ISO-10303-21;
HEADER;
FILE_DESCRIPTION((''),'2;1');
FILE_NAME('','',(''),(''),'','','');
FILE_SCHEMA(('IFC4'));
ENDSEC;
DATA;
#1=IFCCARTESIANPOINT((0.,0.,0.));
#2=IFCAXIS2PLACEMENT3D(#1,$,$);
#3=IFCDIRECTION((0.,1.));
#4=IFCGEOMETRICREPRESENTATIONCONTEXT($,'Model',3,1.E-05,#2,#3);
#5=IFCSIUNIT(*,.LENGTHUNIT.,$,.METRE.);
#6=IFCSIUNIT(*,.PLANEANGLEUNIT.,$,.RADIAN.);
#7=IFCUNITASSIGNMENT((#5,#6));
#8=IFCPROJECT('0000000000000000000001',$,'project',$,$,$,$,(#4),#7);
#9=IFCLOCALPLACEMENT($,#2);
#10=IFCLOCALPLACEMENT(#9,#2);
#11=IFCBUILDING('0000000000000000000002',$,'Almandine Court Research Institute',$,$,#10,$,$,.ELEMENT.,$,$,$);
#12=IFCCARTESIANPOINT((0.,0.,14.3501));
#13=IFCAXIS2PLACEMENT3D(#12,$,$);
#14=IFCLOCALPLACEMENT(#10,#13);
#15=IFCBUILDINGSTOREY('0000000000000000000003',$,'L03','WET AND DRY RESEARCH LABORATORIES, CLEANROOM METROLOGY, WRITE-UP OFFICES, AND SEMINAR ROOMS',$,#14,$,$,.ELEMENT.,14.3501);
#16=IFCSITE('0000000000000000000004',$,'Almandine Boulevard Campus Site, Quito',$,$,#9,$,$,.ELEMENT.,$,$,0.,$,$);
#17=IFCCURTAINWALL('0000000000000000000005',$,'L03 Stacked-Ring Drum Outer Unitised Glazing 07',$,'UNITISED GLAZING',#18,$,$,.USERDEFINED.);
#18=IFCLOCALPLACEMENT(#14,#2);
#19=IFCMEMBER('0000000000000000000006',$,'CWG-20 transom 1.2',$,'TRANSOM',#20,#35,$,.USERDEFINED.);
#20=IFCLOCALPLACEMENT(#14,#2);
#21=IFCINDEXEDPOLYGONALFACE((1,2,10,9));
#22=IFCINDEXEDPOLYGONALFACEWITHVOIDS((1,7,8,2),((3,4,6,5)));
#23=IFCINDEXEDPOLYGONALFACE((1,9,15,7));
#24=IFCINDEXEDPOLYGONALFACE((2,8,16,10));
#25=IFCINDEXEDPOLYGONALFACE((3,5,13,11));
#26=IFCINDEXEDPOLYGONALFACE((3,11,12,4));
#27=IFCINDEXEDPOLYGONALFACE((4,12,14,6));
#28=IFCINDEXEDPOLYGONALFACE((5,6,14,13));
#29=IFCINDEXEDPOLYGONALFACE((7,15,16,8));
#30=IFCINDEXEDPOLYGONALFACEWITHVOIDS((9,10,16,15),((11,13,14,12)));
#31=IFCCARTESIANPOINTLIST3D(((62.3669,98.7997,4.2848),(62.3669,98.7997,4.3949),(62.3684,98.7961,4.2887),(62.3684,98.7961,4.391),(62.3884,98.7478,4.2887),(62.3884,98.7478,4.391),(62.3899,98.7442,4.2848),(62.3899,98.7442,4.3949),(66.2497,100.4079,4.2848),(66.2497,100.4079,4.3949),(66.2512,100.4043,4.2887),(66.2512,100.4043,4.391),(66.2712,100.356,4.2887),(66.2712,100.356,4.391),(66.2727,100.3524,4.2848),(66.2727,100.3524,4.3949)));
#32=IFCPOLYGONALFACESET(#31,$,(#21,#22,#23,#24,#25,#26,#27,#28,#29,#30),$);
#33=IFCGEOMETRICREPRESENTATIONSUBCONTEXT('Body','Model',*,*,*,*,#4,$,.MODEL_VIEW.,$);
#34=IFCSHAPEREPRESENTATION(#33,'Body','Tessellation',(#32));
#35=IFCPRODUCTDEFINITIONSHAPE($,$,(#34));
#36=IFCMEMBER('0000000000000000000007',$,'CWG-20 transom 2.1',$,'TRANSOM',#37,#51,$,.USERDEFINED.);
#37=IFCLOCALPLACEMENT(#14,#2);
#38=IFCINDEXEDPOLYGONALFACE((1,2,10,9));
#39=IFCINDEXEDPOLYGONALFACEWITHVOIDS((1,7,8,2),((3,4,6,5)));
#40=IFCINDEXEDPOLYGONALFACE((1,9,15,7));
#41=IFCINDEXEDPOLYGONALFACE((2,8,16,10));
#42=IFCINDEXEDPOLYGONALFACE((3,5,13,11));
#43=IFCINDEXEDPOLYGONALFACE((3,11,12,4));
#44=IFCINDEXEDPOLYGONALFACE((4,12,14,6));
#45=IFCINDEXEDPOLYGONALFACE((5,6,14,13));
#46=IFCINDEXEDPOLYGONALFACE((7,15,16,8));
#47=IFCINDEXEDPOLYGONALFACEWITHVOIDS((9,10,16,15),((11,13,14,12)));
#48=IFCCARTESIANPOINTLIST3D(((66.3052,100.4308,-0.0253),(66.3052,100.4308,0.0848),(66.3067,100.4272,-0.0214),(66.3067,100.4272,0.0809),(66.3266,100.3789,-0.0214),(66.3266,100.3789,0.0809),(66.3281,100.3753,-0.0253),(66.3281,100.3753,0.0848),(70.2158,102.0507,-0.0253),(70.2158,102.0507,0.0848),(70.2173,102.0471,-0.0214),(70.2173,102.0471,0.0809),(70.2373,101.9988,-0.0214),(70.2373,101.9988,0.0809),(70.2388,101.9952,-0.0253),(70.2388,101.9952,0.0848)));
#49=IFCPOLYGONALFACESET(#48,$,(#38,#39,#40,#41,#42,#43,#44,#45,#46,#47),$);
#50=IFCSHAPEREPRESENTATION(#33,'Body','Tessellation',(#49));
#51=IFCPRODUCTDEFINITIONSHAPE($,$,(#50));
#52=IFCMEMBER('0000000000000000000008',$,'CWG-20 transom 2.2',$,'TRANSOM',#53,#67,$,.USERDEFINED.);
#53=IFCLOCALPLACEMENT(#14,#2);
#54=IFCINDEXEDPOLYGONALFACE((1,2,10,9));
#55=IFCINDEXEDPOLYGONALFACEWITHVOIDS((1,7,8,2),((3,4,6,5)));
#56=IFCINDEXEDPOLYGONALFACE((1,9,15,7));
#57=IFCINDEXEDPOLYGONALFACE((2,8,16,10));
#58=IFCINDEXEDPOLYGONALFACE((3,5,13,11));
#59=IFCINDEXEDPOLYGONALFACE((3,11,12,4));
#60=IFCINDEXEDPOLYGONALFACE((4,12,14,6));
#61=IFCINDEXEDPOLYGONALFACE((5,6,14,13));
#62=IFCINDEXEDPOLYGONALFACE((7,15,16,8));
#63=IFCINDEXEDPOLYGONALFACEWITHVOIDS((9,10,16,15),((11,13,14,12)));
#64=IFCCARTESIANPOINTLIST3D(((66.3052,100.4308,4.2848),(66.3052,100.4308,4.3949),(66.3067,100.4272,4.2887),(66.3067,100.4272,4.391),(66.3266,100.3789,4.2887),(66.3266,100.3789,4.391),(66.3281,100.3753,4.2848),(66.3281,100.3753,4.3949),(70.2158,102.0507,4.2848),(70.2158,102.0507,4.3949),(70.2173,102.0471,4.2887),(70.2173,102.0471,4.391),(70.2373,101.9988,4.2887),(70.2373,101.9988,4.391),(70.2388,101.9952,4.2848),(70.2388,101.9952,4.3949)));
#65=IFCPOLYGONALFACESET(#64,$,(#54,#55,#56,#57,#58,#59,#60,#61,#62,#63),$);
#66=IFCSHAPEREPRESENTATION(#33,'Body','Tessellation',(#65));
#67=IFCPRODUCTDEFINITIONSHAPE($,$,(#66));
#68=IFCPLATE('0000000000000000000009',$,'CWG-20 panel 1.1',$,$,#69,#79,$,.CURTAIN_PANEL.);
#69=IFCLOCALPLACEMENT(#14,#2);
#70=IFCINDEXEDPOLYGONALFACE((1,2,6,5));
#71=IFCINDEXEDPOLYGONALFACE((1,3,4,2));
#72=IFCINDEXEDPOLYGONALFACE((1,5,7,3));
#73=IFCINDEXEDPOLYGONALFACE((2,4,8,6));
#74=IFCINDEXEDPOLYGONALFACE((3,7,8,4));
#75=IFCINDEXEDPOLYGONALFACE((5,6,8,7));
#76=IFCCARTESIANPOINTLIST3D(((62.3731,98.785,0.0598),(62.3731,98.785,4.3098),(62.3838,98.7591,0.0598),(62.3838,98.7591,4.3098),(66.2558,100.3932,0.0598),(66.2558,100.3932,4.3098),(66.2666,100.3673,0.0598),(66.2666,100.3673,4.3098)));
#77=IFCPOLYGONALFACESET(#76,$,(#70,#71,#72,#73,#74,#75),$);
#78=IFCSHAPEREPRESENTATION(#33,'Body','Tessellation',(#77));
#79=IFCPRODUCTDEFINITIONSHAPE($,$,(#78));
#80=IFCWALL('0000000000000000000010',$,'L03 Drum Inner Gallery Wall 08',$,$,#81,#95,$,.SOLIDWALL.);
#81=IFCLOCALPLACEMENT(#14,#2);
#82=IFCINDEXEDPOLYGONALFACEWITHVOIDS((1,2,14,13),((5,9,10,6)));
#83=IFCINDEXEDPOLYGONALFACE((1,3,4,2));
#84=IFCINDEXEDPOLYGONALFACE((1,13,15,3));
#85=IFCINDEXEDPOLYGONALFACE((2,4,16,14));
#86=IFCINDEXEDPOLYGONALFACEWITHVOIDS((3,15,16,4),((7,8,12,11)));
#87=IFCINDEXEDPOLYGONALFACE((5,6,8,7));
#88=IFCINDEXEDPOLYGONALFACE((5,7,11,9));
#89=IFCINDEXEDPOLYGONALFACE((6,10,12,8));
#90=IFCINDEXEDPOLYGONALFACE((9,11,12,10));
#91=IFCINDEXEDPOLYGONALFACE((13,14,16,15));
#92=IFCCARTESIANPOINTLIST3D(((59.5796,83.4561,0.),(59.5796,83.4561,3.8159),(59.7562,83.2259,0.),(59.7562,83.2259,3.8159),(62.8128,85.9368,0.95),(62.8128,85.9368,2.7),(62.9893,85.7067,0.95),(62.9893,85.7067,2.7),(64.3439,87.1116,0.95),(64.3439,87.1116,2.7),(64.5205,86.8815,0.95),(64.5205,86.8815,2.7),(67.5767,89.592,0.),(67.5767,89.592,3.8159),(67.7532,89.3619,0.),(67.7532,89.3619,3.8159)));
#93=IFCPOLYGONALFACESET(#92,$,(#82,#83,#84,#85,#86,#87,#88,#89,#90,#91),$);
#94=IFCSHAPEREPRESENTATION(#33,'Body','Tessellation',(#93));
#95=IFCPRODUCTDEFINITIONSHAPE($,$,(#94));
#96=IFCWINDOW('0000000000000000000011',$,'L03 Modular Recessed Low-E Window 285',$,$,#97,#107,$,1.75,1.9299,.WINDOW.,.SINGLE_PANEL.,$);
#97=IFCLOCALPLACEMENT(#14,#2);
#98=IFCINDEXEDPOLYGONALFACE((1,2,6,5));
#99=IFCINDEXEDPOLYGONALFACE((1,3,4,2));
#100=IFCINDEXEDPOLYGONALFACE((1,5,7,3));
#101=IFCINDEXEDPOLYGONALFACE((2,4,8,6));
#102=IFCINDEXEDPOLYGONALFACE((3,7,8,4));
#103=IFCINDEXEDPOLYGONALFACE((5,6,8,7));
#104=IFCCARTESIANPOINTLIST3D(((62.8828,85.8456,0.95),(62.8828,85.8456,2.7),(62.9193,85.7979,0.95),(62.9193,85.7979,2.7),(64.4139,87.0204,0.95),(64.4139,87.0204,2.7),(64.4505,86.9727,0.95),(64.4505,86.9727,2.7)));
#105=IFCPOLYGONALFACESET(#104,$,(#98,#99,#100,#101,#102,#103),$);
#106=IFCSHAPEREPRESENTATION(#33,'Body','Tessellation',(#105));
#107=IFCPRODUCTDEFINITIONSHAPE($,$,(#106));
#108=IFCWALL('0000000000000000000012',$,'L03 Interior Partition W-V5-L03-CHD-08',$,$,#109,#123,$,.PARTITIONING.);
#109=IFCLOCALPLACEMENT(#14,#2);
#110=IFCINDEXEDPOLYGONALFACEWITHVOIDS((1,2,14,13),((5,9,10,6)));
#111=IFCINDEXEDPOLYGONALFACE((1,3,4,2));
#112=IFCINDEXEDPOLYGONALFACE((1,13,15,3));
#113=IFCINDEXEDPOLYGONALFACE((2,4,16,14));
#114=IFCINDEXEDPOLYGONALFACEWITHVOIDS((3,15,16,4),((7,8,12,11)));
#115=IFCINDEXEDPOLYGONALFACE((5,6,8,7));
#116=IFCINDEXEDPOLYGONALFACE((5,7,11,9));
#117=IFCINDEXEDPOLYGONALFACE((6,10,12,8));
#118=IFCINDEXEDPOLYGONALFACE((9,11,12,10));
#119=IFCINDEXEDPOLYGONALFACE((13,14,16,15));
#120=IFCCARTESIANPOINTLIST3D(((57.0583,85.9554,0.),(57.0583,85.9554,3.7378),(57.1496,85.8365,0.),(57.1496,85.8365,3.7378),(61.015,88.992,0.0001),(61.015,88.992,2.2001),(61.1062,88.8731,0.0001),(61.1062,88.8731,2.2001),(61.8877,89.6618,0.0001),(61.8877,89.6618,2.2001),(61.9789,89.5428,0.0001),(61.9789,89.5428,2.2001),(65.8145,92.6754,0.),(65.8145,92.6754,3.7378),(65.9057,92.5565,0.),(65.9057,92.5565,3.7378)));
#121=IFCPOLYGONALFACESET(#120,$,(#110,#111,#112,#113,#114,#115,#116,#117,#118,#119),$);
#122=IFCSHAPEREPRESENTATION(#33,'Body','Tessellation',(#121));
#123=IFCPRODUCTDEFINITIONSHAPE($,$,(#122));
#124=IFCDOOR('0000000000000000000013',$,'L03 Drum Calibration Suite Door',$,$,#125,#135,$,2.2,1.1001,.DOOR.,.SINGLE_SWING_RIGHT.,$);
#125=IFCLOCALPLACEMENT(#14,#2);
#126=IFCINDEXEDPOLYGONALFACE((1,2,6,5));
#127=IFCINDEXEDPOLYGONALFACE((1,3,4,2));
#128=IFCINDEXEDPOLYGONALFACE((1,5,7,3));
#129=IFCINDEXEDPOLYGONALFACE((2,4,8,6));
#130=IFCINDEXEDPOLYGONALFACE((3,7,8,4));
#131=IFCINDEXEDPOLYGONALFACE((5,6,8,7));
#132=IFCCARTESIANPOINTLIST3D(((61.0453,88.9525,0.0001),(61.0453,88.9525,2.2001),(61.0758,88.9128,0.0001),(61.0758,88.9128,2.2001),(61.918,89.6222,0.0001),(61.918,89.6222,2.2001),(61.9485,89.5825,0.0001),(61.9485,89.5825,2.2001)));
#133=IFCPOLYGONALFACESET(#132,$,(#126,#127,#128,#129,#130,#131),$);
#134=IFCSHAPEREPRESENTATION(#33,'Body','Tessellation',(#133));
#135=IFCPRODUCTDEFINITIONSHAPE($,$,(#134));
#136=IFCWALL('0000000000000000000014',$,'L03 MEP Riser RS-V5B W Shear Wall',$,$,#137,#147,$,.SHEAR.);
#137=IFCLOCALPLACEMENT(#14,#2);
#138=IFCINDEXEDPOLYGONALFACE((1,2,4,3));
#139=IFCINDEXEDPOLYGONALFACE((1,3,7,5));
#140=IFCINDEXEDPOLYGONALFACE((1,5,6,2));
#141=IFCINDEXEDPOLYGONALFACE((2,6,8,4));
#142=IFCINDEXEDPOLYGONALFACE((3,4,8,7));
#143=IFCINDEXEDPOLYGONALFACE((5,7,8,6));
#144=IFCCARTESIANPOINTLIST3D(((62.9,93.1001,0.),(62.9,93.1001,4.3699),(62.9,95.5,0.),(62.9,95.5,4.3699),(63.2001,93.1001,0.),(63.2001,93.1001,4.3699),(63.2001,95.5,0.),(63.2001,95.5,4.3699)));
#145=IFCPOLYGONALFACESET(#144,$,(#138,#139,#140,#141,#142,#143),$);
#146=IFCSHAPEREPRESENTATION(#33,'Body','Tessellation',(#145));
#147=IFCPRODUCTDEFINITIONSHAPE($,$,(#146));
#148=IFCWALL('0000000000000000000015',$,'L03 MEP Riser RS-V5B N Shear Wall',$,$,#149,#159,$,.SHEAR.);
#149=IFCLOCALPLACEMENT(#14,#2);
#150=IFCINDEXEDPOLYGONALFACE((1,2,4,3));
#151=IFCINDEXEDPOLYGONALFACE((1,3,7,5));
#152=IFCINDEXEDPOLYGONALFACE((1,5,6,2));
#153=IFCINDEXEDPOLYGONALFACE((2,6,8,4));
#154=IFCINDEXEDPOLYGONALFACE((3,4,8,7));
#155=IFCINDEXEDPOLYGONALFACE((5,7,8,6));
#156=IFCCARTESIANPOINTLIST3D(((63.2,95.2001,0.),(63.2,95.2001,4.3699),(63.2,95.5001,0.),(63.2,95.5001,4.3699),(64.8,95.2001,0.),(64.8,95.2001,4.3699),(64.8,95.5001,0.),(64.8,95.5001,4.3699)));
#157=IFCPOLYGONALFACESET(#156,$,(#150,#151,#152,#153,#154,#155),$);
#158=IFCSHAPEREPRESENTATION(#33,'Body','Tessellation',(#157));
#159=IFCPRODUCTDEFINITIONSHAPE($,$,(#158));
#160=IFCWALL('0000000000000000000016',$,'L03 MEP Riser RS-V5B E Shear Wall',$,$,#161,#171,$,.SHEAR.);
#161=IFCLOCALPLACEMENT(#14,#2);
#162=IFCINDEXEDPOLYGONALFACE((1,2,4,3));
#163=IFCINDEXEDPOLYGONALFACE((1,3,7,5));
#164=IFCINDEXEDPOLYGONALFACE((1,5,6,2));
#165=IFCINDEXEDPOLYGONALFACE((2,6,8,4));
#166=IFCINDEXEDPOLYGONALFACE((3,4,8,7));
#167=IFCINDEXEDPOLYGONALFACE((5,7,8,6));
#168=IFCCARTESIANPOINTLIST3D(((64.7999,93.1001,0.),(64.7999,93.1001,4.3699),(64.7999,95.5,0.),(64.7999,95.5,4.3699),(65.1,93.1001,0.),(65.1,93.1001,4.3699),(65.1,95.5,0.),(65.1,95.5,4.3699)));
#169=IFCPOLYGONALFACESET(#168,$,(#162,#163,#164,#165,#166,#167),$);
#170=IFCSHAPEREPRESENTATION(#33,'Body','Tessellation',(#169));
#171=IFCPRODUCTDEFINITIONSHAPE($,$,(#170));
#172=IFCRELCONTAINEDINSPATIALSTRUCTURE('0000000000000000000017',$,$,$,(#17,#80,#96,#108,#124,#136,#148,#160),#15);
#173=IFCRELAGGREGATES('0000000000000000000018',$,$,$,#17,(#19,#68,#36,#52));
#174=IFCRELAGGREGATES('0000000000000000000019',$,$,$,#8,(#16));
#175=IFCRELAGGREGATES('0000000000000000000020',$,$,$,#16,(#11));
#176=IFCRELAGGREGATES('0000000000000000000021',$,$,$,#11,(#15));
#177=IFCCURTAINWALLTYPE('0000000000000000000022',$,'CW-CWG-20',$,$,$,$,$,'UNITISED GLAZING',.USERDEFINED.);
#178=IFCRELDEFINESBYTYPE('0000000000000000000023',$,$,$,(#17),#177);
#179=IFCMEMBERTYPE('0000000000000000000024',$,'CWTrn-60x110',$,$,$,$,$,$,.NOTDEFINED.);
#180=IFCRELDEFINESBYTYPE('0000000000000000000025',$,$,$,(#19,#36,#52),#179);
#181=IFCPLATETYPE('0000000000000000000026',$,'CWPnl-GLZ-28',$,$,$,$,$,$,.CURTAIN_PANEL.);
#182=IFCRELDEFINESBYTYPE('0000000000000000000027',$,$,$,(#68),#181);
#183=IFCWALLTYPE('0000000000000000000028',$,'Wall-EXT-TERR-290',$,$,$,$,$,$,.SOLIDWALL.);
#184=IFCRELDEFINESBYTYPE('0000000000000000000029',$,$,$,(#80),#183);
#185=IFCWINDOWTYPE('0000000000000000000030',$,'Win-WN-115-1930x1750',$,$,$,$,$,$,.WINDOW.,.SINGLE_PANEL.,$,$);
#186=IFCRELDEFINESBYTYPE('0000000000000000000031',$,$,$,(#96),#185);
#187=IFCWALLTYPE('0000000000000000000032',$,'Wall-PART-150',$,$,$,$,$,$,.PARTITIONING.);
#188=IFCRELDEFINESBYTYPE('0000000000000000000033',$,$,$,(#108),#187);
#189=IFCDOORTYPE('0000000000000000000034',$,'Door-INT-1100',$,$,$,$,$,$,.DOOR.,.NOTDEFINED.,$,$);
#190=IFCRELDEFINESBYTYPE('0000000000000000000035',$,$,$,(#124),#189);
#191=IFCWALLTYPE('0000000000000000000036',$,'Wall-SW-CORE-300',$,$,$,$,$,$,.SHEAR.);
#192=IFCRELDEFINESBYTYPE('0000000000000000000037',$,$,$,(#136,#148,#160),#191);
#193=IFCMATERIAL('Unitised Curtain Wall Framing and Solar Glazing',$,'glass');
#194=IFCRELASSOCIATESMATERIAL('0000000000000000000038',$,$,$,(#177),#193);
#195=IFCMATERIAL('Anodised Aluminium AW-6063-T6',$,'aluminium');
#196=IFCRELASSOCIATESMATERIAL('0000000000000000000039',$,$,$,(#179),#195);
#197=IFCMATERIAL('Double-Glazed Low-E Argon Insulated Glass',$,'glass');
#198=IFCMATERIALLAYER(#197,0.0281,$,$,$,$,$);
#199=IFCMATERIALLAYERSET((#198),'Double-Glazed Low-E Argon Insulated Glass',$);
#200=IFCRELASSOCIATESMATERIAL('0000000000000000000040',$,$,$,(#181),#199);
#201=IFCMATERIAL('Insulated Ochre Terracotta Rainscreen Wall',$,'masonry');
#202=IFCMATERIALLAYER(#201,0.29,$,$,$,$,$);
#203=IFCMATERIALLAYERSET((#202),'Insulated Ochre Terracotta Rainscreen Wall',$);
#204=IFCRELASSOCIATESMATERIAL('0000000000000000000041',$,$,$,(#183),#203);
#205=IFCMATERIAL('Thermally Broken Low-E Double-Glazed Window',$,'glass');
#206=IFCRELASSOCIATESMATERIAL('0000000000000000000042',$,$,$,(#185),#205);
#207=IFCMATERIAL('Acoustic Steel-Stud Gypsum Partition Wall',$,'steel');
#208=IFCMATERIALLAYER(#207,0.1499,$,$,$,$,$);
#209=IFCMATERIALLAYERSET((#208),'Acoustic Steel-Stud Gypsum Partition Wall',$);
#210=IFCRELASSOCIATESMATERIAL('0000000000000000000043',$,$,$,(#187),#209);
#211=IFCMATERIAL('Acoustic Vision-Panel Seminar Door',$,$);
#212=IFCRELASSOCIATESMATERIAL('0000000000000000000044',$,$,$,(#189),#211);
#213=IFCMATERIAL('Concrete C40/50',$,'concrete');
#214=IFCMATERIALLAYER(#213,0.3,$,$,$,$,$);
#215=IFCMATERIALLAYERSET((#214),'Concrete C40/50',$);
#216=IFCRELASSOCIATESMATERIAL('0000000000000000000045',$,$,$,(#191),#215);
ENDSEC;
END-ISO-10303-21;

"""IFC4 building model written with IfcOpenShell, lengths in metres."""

from ifc_helpers import new_model, si_unit, direction, frame, frame_2d, origin, origin_2d, place, context, subcontext, project, spatial, rectangle, hollow_rectangle, extrude, material, layer, layer_set, material_profile, profile_set, type_object, element, fill, aggregate, save


model = new_model("IFC4")

# Units and contexts
model_context = context("Model", 3, precision=1e-05, world=origin(), true_north=direction((0.0, 1.0)))
body_context = subcontext(model_context, "Body", "Model", "MODEL_VIEW")
ifc_project = project(units=[si_unit("LENGTHUNIT", "METRE"), si_unit("PLANEANGLEUNIT", "RADIAN")], contexts=[model_context])

# Site, building, storey
site_placement = place(None, origin())
site = spatial("IfcSite", under=ifc_project, at=site_placement, Name="Almandine Boulevard Campus Site, Quito", CompositionType="ELEMENT", RefElevation=0.0)
building_placement = place(site_placement, origin())
building = spatial("IfcBuilding", under=site, at=building_placement, Name="Almandine Court Research Institute", CompositionType="ELEMENT")
storey_placement = place(building_placement, frame((0.0, 0.0, 14.3501)))
storey = spatial("IfcBuildingStorey", under=building, at=storey_placement, Name="L03", Description="WET AND DRY RESEARCH LABORATORIES, CLEANROOM METROLOGY, WRITE-UP OFFICES, AND SEMINAR ROOMS", CompositionType="ELEMENT", Elevation=14.3501)

# Curtain wall
ifc_material_1 = material(Name="Unitised Curtain Wall Framing and Solar Glazing", Category="glass")
curtain_wall_type_1 = type_object("IfcCurtainWallType", Name="CW-CWG-20", ElementType="UNITISED GLAZING", PredefinedType="USERDEFINED", material=ifc_material_1)
curtain_wall_1_placement = place(storey_placement, origin())
curtain_wall_1 = element("IfcCurtainWall", 1, at=curtain_wall_1_placement, inside=storey, type_object=curtain_wall_type_1, Name="L03 Stacked-Ring Drum Outer Unitised Glazing 07", ObjectType="UNITISED GLAZING", PredefinedType="USERDEFINED")
ifc_material_2 = material(Name="Anodised Aluminium AW-6063-T6", Category="aluminium")

# Members
ifc_material_profile_1 = material_profile(ifc_material_2, hollow_rectangle(XDim=0.0601, YDim=0.1101, WallThickness=0.0039, at=origin_2d()), Name="ALU RHS 60x110x4")
ifc_profile_set_1 = profile_set([ifc_material_profile_1], Name="Anodised Aluminium AW-6063-T6")
member_type_1 = type_object("IfcMemberType", Name="CWTrn-60x110", PredefinedType="NOTDEFINED", material=ifc_profile_set_1)
member_1_placement = place(storey_placement, frame((62.3784, 98.772, 4.3398), z_axis=(0.923893, 0.382651, 0.0), x_axis=(-0.382651, 0.923893, 0.0)))
member_1 = element("IfcMember", 2, at=member_1_placement, type_object=member_type_1, Name="CWG-20 transom 1.2", ObjectType="TRANSOM", PredefinedType="USERDEFINED", context=body_context, shape_type="SweptSolid", body=[
    extrude(hollow_rectangle(XDim=0.0601, YDim=0.1101, WallThickness=0.0039, at=origin_2d()), origin(), (0.0, 0.0, 1.0), 4.2026),
])
member_2_placement = place(storey_placement, frame((66.3167, 100.4031, 0.0298), z_axis=(0.923877, 0.38269, 0.0), x_axis=(-0.38269, 0.923877, 0.0)))
member_2 = element("IfcMember", 3, at=member_2_placement, type_object=member_type_1, Name="CWG-20 transom 2.1", ObjectType="TRANSOM", PredefinedType="USERDEFINED", context=body_context, shape_type="SweptSolid", body=[
    extrude(hollow_rectangle(XDim=0.0601, YDim=0.1101, WallThickness=0.0039, at=origin_2d()), origin(), (0.0, 0.0, 1.0), 4.2329),
])
member_3_placement = place(storey_placement, frame((66.3167, 100.4031, 4.3398), z_axis=(0.923877, 0.38269, 0.0), x_axis=(-0.38269, 0.923877, 0.0)))
member_3 = element("IfcMember", 4, at=member_3_placement, type_object=member_type_1, Name="CWG-20 transom 2.2", ObjectType="TRANSOM", PredefinedType="USERDEFINED", context=body_context, shape_type="SweptSolid", body=[
    extrude(hollow_rectangle(XDim=0.0601, YDim=0.1101, WallThickness=0.0039, at=origin_2d()), origin(), (0.0, 0.0, 1.0), 4.2329),
])

# Plate
ifc_material_3 = material(Name="Double-Glazed Low-E Argon Insulated Glass", Category="glass")
ifc_layer_1 = layer(ifc_material_3, 0.0281)
ifc_layer_set_1 = layer_set([ifc_layer_1], Name="Double-Glazed Low-E Argon Insulated Glass")
plate_type = type_object("IfcPlateType", Name="CWPnl-GLZ-28", PredefinedType="CURTAIN_PANEL", material=ifc_layer_set_1)
plate_placement = place(storey_placement, frame((64.3198, 99.5762, 0.0598), z_axis=(0.0, 0.0, 1.0), x_axis=(0.923888, 0.382663, 0.0)))
plate = element("IfcPlate", 5, at=plate_placement, type_object=plate_type, Name="CWG-20 panel 1.1", PredefinedType="CURTAIN_PANEL", context=body_context, shape_type="SweptSolid", body=[
    extrude(rectangle(XDim=4.2026, YDim=0.0281, at=origin_2d()), origin(), (0.0, 0.0, 1.0), 4.25),
])
aggregate(curtain_wall_1, [member_1, plate, member_2, member_3])

# Wall, opening, window
ifc_material_4 = material(Name="Insulated Ochre Terracotta Rainscreen Wall", Category="masonry")
ifc_layer_2 = layer(ifc_material_4, 0.29)
ifc_layer_set_2 = layer_set([ifc_layer_2], Name="Insulated Ochre Terracotta Rainscreen Wall")
wall_type_1 = type_object("IfcWallType", Name="Wall-EXT-TERR-290", PredefinedType="SOLIDWALL", material=ifc_layer_set_2)
wall_1_placement = place(storey_placement, frame((67.665, 89.4771, 0.0), z_axis=(0.0, 0.0, 1.0), x_axis=(-0.793372, -0.608738, 0.0)))
wall_1 = element("IfcWall", 6, at=wall_1_placement, inside=storey, type_object=wall_type_1, Name="L03 Drum Inner Gallery Wall 08", PredefinedType="SOLIDWALL", context=body_context, shape_type="SweptSolid", body=[
    extrude(rectangle(XDim=10.0798, YDim=0.29, at=frame_2d((5.04, 0.0))), origin(), (0.0, 0.0, 1.0), 3.8159),
])
opening_1_placement = place(wall_1_placement, frame((4.075, 0.0, 0.95)))
opening_1 = element("IfcOpeningElement", 7, at=opening_1_placement, cuts=wall_1, PredefinedType="OPENING", context=body_context, shape_type="SweptSolid", body=[
    extrude(rectangle(XDim=1.9299, YDim=1.75, at=frame_2d((0.9648, 0.875))), frame((0.0, 0.155, 0.0), z_axis=(0.0, -1.0, 0.0), x_axis=(1.0, 0.0, 0.0)), (0.0, 0.0, 1.0), 0.3101),
])
ifc_material_5 = material(Name="Thermally Broken Low-E Double-Glazed Window", Category="glass")
window_type = type_object("IfcWindowType", Name="Win-WN-115-1930x1750", PartitioningType="SINGLE_PANEL", PredefinedType="WINDOW", material=ifc_material_5)
window_placement = place(opening_1_placement, origin())
window = element("IfcWindow", 8, at=window_placement, inside=storey, type_object=window_type, Name="L03 Modular Recessed Low-E Window 285", OverallHeight=1.75, OverallWidth=1.9299, PartitioningType="SINGLE_PANEL", PredefinedType="WINDOW", context=body_context, shape_type="SweptSolid", body=[
    extrude(rectangle(XDim=1.9299, YDim=1.75, at=frame_2d((0.9648, 0.875))), frame((0.0, 0.03, 0.0), z_axis=(0.0, -1.0, 0.0), x_axis=(1.0, 0.0, 0.0)), (0.0, 0.0, 1.0), 0.0601),
])
fill(opening_1, window)

# Wall, opening, door
ifc_material_6 = material(Name="Acoustic Steel-Stud Gypsum Partition Wall", Category="steel")
ifc_layer_3 = layer(ifc_material_6, 0.1499)
ifc_layer_set_3 = layer_set([ifc_layer_3], Name="Acoustic Steel-Stud Gypsum Partition Wall")
wall_type_2 = type_object("IfcWallType", Name="Wall-PART-150", PredefinedType="PARTITIONING", material=ifc_layer_set_3)
wall_2_placement = place(storey_placement, frame((65.8601, 92.616, 0.0), z_axis=(0.0, 0.0, 1.0), x_axis=(-0.793302, -0.608828, 0.0)))
wall_2 = element("IfcWall", 9, at=wall_2_placement, inside=storey, type_object=wall_type_2, Name="L03 Interior Partition W-V5-L03-CHD-08", PredefinedType="PARTITIONING", context=body_context, shape_type="SweptSolid", body=[
    extrude(rectangle(XDim=11.0376, YDim=0.1499, at=frame_2d((5.5188, 0.0))), origin(), (0.0, 0.0, 1.0), 3.7378),
])
opening_2_placement = place(wall_2_placement, frame((4.95, 0.0, 0.0)))
opening_2 = element("IfcOpeningElement", 10, at=opening_2_placement, cuts=wall_2, PredefinedType="OPENING", context=body_context, shape_type="SweptSolid", body=[
    extrude(rectangle(XDim=1.1001, YDim=2.2, at=frame_2d((0.55, 1.1001))), frame((0.0, 0.085, 0.0), z_axis=(0.0, -1.0, 0.0), x_axis=(1.0, 0.0, 0.0)), (0.0, 0.0, 1.0), 0.1699),
])
ifc_material_7 = material(Name="Acoustic Vision-Panel Seminar Door")
door_type = type_object("IfcDoorType", Name="Door-INT-1100", OperationType="NOTDEFINED", PredefinedType="DOOR", material=ifc_material_7)
door_placement = place(opening_2_placement, origin())
door = element("IfcDoor", 11, at=door_placement, inside=storey, type_object=door_type, Name="L03 Drum Calibration Suite Door", OperationType="SINGLE_SWING_RIGHT", OverallHeight=2.2, OverallWidth=1.1001, PredefinedType="DOOR", context=body_context, shape_type="SweptSolid", body=[
    extrude(rectangle(XDim=1.1001, YDim=2.2, at=frame_2d((0.55, 1.1001))), frame((0.0, 0.0249, 0.0), z_axis=(0.0, -1.0, 0.0), x_axis=(1.0, 0.0, 0.0)), (0.0, 0.0, 1.0), 0.05),
])
fill(opening_2, door)

# Walls
ifc_material_8 = material(Name="Concrete C40/50", Category="concrete")
ifc_layer_4 = layer(ifc_material_8, 0.3)
ifc_layer_set_4 = layer_set([ifc_layer_4], Name="Concrete C40/50")
wall_type_3 = type_object("IfcWallType", Name="Wall-SW-CORE-300", PredefinedType="SHEAR", material=ifc_layer_set_4)
wall_3_placement = place(storey_placement, frame((63.05, 93.1001, 0.0), z_axis=(0.0, 0.0, 1.0), x_axis=(0.0, 1.0, 0.0)))
element("IfcWall", 12, at=wall_3_placement, inside=storey, type_object=wall_type_3, Name="L03 MEP Riser RS-V5B W Shear Wall", PredefinedType="SHEAR", context=body_context, shape_type="SweptSolid", body=[
    extrude(rectangle(XDim=2.3999, YDim=0.3, at=frame_2d((1.2, 0.0))), origin(), (0.0, 0.0, 1.0), 4.3699),
])
wall_4_placement = place(storey_placement, frame((63.2, 95.3501, 0.0), z_axis=(0.0, 0.0, 1.0), x_axis=(1.0, 0.0, 0.0)))
element("IfcWall", 13, at=wall_4_placement, inside=storey, type_object=wall_type_3, Name="L03 MEP Riser RS-V5B N Shear Wall", PredefinedType="SHEAR", context=body_context, shape_type="SweptSolid", body=[
    extrude(rectangle(XDim=1.6001, YDim=0.3, at=frame_2d((0.8, 0.0))), origin(), (0.0, 0.0, 1.0), 4.3699),
])
wall_5_placement = place(storey_placement, frame((64.95, 95.5, 0.0), z_axis=(0.0, 0.0, 1.0), x_axis=(0.0, -1.0, 0.0)))
element("IfcWall", 14, at=wall_5_placement, inside=storey, type_object=wall_type_3, Name="L03 MEP Riser RS-V5B E Shear Wall", PredefinedType="SHEAR", context=body_context, shape_type="SweptSolid", body=[
    extrude(rectangle(XDim=2.3999, YDim=0.3, at=frame_2d((1.2, 0.0))), origin(), (0.0, 0.0, 1.0), 4.3699),
])

save(model, "model.ifc")
